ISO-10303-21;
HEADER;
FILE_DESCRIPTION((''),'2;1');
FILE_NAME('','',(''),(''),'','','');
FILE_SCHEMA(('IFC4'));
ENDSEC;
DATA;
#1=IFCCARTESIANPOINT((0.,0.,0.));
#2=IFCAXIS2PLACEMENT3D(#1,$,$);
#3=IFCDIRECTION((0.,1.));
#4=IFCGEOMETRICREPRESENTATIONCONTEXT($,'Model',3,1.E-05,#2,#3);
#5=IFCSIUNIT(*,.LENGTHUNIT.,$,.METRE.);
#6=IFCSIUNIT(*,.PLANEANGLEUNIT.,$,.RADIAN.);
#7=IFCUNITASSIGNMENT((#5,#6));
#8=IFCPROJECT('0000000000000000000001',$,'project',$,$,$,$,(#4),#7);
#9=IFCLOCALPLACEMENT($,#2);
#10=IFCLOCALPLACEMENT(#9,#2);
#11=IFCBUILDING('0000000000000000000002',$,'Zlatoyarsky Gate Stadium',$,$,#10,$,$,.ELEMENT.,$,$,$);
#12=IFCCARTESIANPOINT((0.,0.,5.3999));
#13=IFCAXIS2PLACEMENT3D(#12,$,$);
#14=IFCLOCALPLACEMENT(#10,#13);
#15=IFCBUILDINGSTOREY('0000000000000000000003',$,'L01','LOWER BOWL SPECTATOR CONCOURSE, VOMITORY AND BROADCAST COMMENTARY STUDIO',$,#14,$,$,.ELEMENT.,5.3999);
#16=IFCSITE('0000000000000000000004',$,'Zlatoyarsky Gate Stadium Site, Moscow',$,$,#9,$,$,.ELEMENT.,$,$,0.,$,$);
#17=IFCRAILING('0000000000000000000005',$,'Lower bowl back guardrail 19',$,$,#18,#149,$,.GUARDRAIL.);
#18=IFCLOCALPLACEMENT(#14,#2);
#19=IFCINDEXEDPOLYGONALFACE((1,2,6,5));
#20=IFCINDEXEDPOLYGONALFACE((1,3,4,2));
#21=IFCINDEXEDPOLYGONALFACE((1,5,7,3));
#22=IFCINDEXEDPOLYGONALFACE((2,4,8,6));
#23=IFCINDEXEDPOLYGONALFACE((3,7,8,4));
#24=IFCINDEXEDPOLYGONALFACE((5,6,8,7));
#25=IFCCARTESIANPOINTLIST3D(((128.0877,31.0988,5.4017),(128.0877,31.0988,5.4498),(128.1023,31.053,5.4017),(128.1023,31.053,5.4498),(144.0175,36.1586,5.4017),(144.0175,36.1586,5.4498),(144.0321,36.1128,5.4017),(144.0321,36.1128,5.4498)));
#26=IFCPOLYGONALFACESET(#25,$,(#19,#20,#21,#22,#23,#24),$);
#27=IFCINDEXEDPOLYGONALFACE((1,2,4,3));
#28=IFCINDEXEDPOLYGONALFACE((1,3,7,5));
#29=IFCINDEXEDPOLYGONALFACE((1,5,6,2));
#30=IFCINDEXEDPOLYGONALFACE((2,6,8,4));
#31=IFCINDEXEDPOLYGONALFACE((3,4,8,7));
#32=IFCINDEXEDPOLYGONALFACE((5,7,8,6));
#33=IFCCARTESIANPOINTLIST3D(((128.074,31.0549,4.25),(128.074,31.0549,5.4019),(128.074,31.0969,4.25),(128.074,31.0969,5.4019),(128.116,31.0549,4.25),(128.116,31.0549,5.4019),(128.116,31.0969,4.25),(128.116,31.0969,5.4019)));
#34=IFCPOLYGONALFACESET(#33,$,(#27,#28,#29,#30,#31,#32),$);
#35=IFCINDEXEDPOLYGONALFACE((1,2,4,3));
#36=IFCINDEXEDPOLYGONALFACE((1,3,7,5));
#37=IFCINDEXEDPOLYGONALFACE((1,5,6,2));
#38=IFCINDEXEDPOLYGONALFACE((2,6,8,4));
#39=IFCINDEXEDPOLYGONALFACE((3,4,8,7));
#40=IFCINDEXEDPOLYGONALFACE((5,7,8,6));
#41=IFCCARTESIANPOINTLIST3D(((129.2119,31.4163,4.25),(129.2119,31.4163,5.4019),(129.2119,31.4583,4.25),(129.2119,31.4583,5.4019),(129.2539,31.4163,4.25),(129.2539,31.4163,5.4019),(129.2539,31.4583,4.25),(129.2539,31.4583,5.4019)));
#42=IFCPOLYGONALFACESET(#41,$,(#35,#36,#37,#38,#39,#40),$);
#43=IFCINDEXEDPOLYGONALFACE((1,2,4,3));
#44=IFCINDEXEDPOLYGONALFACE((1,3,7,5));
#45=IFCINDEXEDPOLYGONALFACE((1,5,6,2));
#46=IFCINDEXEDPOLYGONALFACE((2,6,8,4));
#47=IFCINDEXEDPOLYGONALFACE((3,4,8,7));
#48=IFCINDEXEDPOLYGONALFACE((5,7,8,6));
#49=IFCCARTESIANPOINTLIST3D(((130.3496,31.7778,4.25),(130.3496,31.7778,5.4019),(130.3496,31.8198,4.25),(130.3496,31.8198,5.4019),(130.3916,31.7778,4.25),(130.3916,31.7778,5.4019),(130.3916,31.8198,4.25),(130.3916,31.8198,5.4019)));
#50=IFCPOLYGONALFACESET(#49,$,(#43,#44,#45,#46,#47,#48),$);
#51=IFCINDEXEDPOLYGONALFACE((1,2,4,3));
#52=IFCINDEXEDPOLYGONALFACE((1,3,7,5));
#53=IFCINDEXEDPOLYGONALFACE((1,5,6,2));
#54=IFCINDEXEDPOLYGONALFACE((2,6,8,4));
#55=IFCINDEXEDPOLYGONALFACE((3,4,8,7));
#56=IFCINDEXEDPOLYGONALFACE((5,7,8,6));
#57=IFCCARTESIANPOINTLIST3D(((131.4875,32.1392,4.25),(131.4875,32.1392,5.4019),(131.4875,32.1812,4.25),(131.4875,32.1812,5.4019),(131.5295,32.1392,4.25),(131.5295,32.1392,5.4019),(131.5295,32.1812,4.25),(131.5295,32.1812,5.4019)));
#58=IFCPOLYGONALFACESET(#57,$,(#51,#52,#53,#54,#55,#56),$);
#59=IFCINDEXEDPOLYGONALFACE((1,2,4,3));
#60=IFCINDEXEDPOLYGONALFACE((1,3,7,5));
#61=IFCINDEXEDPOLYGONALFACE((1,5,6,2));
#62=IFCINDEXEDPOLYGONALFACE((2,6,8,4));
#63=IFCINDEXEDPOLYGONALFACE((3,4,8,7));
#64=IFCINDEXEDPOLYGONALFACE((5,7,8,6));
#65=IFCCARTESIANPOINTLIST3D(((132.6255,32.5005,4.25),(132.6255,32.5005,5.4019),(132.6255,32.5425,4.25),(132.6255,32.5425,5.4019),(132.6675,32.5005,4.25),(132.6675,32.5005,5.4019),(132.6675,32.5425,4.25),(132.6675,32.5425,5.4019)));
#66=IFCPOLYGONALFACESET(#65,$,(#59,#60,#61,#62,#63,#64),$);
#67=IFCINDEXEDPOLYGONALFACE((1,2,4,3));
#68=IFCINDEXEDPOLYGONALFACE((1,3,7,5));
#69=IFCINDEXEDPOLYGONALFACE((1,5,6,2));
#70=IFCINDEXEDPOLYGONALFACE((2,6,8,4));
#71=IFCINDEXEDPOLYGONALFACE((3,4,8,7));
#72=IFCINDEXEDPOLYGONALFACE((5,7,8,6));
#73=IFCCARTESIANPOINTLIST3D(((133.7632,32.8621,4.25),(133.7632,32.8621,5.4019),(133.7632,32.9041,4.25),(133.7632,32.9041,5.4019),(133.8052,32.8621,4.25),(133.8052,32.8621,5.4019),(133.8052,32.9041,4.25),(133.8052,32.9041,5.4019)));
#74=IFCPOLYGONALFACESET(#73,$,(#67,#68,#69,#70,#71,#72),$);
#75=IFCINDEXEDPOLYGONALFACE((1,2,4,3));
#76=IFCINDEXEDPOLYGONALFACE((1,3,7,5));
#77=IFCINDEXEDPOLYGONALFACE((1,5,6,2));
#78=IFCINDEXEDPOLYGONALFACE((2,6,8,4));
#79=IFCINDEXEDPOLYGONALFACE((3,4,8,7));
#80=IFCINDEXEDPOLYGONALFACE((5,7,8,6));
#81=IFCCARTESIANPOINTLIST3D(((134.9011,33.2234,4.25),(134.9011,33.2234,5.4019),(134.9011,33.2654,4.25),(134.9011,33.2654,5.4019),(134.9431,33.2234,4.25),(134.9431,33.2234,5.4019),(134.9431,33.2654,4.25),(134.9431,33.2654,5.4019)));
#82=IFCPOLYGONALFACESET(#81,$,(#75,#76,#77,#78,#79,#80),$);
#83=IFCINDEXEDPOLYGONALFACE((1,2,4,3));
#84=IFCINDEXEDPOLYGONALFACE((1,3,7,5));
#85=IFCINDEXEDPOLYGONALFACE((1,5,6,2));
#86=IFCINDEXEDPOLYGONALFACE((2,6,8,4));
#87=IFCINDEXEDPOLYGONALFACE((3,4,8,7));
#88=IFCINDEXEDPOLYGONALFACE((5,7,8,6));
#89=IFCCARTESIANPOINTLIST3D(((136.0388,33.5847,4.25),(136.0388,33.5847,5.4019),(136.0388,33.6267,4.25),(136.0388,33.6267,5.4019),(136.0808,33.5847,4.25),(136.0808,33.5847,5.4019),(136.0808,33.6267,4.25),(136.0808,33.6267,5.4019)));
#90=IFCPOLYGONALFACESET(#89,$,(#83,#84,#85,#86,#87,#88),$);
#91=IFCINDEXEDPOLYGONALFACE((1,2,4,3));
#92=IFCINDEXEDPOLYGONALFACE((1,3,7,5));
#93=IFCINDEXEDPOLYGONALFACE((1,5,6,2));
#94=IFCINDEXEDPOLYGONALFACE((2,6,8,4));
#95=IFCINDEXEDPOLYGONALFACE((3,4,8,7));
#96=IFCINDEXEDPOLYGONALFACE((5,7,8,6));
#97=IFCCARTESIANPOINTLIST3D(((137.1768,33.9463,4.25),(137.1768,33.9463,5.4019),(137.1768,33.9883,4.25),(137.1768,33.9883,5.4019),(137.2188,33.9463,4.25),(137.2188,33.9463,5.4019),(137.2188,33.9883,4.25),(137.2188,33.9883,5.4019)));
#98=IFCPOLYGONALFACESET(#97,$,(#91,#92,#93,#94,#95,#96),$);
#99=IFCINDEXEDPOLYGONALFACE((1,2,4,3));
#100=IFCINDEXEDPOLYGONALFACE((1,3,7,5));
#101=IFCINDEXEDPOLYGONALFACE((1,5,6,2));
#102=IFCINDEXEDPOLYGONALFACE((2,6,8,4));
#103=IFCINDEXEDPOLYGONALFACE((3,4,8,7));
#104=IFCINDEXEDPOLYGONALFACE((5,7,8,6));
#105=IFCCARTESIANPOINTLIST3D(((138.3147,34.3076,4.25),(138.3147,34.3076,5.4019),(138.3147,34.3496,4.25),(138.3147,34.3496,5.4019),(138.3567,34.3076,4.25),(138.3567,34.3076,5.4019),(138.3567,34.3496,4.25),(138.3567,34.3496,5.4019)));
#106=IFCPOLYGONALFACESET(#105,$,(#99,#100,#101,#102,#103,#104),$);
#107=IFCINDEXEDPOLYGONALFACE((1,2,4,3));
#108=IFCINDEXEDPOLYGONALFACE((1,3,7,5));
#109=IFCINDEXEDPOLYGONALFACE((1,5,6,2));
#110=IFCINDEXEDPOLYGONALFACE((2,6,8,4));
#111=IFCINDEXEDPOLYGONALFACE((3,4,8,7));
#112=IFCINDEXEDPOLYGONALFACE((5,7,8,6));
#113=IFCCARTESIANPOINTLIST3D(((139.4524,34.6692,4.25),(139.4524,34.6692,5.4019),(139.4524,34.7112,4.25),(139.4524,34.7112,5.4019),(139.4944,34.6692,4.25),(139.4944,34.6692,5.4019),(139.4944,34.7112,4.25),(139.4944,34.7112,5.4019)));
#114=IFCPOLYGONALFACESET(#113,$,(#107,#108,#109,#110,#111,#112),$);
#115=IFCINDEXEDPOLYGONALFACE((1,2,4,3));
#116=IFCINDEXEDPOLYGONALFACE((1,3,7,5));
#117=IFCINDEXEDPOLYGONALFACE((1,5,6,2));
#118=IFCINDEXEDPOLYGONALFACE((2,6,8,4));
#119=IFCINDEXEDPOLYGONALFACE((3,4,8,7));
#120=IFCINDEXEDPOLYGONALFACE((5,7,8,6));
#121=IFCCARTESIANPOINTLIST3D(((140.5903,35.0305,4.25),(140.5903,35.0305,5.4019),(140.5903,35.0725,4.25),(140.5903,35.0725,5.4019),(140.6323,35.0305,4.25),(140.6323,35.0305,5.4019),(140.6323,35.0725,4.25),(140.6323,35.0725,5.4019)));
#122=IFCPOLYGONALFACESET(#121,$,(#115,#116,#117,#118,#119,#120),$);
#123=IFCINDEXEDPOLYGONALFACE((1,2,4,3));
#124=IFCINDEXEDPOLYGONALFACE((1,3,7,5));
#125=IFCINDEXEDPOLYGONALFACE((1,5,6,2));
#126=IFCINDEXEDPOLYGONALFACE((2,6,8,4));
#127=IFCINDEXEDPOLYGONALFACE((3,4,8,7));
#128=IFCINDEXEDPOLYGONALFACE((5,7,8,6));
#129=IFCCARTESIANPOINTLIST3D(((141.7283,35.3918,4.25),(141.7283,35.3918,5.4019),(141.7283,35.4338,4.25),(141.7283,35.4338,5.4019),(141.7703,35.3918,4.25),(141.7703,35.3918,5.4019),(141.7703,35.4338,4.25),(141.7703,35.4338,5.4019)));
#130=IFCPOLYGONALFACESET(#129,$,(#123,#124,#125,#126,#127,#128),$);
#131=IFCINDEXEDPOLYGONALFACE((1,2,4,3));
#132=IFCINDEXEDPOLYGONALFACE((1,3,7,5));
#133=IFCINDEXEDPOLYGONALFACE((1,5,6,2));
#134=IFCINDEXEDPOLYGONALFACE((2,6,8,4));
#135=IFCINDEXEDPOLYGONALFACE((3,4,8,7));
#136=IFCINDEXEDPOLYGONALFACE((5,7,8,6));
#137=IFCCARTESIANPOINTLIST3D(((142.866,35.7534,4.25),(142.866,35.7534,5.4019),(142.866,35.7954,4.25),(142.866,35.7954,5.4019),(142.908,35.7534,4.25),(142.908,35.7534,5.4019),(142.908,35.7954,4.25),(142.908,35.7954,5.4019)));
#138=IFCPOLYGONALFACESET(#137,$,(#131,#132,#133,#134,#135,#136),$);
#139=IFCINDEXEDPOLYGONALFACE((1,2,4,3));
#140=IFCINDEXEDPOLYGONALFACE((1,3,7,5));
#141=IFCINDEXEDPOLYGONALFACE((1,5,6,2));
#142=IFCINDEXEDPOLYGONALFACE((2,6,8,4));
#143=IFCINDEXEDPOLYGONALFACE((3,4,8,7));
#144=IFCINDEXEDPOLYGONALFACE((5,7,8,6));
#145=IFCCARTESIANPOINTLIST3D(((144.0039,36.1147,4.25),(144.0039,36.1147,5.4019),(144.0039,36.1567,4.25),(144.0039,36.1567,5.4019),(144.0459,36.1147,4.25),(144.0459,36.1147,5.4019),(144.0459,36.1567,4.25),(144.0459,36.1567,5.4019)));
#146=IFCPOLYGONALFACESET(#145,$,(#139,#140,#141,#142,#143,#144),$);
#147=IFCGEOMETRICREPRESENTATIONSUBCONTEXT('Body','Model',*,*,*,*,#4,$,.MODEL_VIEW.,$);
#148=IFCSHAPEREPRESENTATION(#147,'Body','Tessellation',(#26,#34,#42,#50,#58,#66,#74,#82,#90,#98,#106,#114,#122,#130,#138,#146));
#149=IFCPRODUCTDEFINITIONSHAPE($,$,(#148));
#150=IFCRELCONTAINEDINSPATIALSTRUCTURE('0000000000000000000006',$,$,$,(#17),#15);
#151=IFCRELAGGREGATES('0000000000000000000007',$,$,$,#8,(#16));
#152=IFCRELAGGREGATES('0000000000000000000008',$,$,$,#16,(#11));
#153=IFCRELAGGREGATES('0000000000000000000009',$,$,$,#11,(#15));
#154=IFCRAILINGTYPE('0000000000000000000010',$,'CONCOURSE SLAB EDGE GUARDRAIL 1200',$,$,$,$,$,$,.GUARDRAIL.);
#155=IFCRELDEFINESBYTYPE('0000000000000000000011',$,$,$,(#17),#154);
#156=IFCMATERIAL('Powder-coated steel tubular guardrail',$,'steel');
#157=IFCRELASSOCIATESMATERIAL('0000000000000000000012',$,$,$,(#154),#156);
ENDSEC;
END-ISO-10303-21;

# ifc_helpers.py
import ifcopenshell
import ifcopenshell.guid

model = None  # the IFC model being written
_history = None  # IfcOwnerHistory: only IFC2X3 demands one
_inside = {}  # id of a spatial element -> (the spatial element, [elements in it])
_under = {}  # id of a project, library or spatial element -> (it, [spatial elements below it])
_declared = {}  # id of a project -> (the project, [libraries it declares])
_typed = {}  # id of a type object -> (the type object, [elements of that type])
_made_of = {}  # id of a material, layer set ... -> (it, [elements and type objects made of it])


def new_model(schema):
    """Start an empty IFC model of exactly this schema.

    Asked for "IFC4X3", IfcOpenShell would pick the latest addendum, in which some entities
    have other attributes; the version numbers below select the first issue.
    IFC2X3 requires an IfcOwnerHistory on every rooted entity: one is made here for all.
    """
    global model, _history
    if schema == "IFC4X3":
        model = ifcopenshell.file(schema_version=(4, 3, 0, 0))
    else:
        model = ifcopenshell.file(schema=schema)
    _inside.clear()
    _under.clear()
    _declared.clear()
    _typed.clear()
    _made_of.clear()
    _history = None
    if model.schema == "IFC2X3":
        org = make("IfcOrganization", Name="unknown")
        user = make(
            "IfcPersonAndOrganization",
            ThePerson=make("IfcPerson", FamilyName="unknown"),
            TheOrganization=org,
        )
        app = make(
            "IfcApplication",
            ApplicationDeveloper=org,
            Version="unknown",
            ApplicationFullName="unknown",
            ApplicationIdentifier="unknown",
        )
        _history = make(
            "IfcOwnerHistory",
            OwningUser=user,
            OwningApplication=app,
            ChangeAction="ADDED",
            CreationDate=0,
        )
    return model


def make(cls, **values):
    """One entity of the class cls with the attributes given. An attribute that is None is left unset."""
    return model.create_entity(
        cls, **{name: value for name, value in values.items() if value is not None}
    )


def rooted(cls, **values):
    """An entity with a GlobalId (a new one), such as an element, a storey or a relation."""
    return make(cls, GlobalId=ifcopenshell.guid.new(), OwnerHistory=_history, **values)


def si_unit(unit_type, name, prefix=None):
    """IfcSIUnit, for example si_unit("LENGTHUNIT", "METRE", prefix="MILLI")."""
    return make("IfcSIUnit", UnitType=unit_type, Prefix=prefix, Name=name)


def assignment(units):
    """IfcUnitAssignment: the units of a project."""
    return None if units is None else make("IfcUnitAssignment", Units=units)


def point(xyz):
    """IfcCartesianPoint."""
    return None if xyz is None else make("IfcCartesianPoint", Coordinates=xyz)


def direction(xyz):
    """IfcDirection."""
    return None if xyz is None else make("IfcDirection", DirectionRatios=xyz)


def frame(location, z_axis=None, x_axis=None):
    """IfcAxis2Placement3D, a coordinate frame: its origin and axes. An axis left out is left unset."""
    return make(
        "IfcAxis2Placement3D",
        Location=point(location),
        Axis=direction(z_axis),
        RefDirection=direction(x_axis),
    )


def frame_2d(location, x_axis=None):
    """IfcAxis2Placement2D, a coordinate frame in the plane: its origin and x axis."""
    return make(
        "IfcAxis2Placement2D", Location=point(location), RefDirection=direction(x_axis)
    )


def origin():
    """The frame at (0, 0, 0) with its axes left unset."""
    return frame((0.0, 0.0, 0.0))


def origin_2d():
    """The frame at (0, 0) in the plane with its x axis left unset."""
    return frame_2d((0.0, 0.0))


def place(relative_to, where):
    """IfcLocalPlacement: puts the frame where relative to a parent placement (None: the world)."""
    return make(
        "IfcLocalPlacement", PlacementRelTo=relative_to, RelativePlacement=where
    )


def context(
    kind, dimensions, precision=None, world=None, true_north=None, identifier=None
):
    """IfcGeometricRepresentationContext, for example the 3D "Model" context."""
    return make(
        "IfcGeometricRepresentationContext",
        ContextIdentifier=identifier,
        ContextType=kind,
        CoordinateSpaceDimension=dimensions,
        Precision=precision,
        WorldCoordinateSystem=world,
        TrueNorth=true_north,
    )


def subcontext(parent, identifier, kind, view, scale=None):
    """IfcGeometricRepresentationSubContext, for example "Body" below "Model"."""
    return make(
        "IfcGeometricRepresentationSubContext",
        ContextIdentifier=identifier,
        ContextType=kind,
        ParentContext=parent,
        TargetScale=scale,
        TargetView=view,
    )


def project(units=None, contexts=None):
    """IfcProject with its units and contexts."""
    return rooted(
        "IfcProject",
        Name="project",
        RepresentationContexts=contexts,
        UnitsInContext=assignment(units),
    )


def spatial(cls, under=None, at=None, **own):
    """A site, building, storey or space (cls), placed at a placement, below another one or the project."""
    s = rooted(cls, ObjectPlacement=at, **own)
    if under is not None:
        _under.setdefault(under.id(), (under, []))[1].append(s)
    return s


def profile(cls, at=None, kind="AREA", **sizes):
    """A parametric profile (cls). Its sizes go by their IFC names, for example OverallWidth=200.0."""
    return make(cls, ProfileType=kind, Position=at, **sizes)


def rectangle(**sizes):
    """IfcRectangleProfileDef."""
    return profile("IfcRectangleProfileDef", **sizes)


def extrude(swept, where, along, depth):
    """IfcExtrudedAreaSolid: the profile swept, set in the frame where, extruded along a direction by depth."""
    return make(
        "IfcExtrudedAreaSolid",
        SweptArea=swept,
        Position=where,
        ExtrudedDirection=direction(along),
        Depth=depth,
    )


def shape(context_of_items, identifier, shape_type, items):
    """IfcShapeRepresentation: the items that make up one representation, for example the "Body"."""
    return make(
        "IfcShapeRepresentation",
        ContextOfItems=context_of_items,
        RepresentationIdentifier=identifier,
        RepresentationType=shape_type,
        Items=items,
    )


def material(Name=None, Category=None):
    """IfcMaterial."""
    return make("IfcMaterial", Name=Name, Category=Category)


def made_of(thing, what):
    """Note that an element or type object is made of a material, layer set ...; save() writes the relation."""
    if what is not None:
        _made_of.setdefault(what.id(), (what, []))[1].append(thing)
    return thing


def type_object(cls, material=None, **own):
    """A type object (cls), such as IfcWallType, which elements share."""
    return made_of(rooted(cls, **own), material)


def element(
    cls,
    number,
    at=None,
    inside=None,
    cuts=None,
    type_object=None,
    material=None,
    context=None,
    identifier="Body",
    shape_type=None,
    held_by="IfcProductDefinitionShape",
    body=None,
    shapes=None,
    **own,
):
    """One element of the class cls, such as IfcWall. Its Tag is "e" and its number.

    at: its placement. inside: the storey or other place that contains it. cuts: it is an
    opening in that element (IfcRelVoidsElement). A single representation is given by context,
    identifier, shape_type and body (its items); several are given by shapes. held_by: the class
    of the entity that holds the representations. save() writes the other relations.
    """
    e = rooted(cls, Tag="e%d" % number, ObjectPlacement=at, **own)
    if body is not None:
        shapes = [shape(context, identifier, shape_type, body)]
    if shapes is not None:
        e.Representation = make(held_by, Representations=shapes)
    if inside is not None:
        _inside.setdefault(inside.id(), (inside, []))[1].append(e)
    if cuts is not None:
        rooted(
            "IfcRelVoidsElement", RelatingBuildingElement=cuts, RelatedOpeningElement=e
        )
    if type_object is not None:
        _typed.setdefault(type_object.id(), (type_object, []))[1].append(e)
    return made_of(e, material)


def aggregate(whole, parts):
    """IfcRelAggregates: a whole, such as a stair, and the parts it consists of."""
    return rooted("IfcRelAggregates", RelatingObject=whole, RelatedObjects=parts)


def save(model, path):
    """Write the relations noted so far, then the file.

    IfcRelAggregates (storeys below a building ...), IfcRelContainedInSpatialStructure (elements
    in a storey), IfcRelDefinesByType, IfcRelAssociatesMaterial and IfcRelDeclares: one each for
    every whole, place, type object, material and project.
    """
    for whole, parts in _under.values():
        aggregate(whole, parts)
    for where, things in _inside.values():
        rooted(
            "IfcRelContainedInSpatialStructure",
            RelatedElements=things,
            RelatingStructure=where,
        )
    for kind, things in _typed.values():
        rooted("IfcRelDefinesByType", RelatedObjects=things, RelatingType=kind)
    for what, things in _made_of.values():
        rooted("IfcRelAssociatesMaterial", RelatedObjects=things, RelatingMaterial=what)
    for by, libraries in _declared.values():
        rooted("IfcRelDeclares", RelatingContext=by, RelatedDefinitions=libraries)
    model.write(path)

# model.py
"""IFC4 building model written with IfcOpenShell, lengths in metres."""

from ifc_helpers import new_model, si_unit, direction, frame, origin, origin_2d, place, context, subcontext, project, spatial, rectangle, extrude, material, type_object, element, save


model = new_model("IFC4")

# Units and contexts
model_context = context("Model", 3, precision=1e-05, world=origin(), true_north=direction((0.0, 1.0)))
body_context = subcontext(model_context, "Body", "Model", "MODEL_VIEW")
ifc_project = project(units=[si_unit("LENGTHUNIT", "METRE"), si_unit("PLANEANGLEUNIT", "RADIAN")], contexts=[model_context])

# Site, building, storey
site_placement = place(None, origin())
site = spatial("IfcSite", under=ifc_project, at=site_placement, Name="Zlatoyarsky Gate Stadium Site, Moscow", CompositionType="ELEMENT", RefElevation=0.0)
building_placement = place(site_placement, origin())
building = spatial("IfcBuilding", under=site, at=building_placement, Name="Zlatoyarsky Gate Stadium", CompositionType="ELEMENT")
storey_placement = place(building_placement, frame((0.0, 0.0, 5.3999)))
storey = spatial("IfcBuildingStorey", under=building, at=storey_placement, Name="L01", Description="LOWER BOWL SPECTATOR CONCOURSE, VOMITORY AND BROADCAST COMMENTARY STUDIO", CompositionType="ELEMENT", Elevation=5.3999)

# Railing
ifc_material_1 = material(Name="Powder-coated steel tubular guardrail", Category="steel")
railing_type_1 = type_object("IfcRailingType", Name="CONCOURSE SLAB EDGE GUARDRAIL 1200", PredefinedType="GUARDRAIL", material=ifc_material_1)
railing_1_placement = place(storey_placement, frame((128.095, 31.0759, 4.25)))
element("IfcRailing", 1, at=railing_1_placement, inside=storey, type_object=railing_type_1, Name="Lower bowl back guardrail 19", PredefinedType="GUARDRAIL", context=body_context, shape_type="SweptSolid", body=[
    extrude(rectangle(XDim=0.0481, YDim=0.0481, at=origin_2d()), frame((0.0, 0.0, 1.1758), z_axis=(0.953078, 0.302726, 0.0), x_axis=(-0.302726, 0.953078, 0.0)), (0.0, 0.0, 1.0), 16.7141),
    extrude(rectangle(XDim=0.042, YDim=0.042, at=origin_2d()), origin(), (0.0, 0.0, 1.0), 1.1519),
    extrude(rectangle(XDim=0.042, YDim=0.042, at=origin_2d()), frame((1.1379, 0.3613, 0.0)), (0.0, 0.0, 1.0), 1.1519),
    extrude(rectangle(XDim=0.042, YDim=0.042, at=origin_2d()), frame((2.2756, 0.7229, 0.0)), (0.0, 0.0, 1.0), 1.1519),
    extrude(rectangle(XDim=0.042, YDim=0.042, at=origin_2d()), frame((3.4136, 1.0842, 0.0)), (0.0, 0.0, 1.0), 1.1519),
    extrude(rectangle(XDim=0.042, YDim=0.042, at=origin_2d()), frame((4.5515, 1.4456, 0.0)), (0.0, 0.0, 1.0), 1.1519),
    extrude(rectangle(XDim=0.042, YDim=0.042, at=origin_2d()), frame((5.6892, 1.8071, 0.0)), (0.0, 0.0, 1.0), 1.1519),
    extrude(rectangle(XDim=0.042, YDim=0.042, at=origin_2d()), frame((6.8271, 2.1685, 0.0)), (0.0, 0.0, 1.0), 1.1519),
    extrude(rectangle(XDim=0.042, YDim=0.042, at=origin_2d()), frame((7.9648, 2.5298, 0.0)), (0.0, 0.0, 1.0), 1.1519),
    extrude(rectangle(XDim=0.042, YDim=0.042, at=origin_2d()), frame((9.1028, 2.8914, 0.0)), (0.0, 0.0, 1.0), 1.1519),
    extrude(rectangle(XDim=0.042, YDim=0.042, at=origin_2d()), frame((10.2407, 3.2527, 0.0)), (0.0, 0.0, 1.0), 1.1519),
    extrude(rectangle(XDim=0.042, YDim=0.042, at=origin_2d()), frame((11.3784, 3.6143, 0.0)), (0.0, 0.0, 1.0), 1.1519),
    extrude(rectangle(XDim=0.042, YDim=0.042, at=origin_2d()), frame((12.5164, 3.9756, 0.0)), (0.0, 0.0, 1.0), 1.1519),
    extrude(rectangle(XDim=0.042, YDim=0.042, at=origin_2d()), frame((13.6543, 4.3369, 0.0)), (0.0, 0.0, 1.0), 1.1519),
    extrude(rectangle(XDim=0.042, YDim=0.042, at=origin_2d()), frame((14.792, 4.6985, 0.0)), (0.0, 0.0, 1.0), 1.1519),
    extrude(rectangle(XDim=0.042, YDim=0.042, at=origin_2d()), frame((15.9299, 5.0598, 0.0)), (0.0, 0.0, 1.0), 1.1519),
])

save(model, "model.ifc")
